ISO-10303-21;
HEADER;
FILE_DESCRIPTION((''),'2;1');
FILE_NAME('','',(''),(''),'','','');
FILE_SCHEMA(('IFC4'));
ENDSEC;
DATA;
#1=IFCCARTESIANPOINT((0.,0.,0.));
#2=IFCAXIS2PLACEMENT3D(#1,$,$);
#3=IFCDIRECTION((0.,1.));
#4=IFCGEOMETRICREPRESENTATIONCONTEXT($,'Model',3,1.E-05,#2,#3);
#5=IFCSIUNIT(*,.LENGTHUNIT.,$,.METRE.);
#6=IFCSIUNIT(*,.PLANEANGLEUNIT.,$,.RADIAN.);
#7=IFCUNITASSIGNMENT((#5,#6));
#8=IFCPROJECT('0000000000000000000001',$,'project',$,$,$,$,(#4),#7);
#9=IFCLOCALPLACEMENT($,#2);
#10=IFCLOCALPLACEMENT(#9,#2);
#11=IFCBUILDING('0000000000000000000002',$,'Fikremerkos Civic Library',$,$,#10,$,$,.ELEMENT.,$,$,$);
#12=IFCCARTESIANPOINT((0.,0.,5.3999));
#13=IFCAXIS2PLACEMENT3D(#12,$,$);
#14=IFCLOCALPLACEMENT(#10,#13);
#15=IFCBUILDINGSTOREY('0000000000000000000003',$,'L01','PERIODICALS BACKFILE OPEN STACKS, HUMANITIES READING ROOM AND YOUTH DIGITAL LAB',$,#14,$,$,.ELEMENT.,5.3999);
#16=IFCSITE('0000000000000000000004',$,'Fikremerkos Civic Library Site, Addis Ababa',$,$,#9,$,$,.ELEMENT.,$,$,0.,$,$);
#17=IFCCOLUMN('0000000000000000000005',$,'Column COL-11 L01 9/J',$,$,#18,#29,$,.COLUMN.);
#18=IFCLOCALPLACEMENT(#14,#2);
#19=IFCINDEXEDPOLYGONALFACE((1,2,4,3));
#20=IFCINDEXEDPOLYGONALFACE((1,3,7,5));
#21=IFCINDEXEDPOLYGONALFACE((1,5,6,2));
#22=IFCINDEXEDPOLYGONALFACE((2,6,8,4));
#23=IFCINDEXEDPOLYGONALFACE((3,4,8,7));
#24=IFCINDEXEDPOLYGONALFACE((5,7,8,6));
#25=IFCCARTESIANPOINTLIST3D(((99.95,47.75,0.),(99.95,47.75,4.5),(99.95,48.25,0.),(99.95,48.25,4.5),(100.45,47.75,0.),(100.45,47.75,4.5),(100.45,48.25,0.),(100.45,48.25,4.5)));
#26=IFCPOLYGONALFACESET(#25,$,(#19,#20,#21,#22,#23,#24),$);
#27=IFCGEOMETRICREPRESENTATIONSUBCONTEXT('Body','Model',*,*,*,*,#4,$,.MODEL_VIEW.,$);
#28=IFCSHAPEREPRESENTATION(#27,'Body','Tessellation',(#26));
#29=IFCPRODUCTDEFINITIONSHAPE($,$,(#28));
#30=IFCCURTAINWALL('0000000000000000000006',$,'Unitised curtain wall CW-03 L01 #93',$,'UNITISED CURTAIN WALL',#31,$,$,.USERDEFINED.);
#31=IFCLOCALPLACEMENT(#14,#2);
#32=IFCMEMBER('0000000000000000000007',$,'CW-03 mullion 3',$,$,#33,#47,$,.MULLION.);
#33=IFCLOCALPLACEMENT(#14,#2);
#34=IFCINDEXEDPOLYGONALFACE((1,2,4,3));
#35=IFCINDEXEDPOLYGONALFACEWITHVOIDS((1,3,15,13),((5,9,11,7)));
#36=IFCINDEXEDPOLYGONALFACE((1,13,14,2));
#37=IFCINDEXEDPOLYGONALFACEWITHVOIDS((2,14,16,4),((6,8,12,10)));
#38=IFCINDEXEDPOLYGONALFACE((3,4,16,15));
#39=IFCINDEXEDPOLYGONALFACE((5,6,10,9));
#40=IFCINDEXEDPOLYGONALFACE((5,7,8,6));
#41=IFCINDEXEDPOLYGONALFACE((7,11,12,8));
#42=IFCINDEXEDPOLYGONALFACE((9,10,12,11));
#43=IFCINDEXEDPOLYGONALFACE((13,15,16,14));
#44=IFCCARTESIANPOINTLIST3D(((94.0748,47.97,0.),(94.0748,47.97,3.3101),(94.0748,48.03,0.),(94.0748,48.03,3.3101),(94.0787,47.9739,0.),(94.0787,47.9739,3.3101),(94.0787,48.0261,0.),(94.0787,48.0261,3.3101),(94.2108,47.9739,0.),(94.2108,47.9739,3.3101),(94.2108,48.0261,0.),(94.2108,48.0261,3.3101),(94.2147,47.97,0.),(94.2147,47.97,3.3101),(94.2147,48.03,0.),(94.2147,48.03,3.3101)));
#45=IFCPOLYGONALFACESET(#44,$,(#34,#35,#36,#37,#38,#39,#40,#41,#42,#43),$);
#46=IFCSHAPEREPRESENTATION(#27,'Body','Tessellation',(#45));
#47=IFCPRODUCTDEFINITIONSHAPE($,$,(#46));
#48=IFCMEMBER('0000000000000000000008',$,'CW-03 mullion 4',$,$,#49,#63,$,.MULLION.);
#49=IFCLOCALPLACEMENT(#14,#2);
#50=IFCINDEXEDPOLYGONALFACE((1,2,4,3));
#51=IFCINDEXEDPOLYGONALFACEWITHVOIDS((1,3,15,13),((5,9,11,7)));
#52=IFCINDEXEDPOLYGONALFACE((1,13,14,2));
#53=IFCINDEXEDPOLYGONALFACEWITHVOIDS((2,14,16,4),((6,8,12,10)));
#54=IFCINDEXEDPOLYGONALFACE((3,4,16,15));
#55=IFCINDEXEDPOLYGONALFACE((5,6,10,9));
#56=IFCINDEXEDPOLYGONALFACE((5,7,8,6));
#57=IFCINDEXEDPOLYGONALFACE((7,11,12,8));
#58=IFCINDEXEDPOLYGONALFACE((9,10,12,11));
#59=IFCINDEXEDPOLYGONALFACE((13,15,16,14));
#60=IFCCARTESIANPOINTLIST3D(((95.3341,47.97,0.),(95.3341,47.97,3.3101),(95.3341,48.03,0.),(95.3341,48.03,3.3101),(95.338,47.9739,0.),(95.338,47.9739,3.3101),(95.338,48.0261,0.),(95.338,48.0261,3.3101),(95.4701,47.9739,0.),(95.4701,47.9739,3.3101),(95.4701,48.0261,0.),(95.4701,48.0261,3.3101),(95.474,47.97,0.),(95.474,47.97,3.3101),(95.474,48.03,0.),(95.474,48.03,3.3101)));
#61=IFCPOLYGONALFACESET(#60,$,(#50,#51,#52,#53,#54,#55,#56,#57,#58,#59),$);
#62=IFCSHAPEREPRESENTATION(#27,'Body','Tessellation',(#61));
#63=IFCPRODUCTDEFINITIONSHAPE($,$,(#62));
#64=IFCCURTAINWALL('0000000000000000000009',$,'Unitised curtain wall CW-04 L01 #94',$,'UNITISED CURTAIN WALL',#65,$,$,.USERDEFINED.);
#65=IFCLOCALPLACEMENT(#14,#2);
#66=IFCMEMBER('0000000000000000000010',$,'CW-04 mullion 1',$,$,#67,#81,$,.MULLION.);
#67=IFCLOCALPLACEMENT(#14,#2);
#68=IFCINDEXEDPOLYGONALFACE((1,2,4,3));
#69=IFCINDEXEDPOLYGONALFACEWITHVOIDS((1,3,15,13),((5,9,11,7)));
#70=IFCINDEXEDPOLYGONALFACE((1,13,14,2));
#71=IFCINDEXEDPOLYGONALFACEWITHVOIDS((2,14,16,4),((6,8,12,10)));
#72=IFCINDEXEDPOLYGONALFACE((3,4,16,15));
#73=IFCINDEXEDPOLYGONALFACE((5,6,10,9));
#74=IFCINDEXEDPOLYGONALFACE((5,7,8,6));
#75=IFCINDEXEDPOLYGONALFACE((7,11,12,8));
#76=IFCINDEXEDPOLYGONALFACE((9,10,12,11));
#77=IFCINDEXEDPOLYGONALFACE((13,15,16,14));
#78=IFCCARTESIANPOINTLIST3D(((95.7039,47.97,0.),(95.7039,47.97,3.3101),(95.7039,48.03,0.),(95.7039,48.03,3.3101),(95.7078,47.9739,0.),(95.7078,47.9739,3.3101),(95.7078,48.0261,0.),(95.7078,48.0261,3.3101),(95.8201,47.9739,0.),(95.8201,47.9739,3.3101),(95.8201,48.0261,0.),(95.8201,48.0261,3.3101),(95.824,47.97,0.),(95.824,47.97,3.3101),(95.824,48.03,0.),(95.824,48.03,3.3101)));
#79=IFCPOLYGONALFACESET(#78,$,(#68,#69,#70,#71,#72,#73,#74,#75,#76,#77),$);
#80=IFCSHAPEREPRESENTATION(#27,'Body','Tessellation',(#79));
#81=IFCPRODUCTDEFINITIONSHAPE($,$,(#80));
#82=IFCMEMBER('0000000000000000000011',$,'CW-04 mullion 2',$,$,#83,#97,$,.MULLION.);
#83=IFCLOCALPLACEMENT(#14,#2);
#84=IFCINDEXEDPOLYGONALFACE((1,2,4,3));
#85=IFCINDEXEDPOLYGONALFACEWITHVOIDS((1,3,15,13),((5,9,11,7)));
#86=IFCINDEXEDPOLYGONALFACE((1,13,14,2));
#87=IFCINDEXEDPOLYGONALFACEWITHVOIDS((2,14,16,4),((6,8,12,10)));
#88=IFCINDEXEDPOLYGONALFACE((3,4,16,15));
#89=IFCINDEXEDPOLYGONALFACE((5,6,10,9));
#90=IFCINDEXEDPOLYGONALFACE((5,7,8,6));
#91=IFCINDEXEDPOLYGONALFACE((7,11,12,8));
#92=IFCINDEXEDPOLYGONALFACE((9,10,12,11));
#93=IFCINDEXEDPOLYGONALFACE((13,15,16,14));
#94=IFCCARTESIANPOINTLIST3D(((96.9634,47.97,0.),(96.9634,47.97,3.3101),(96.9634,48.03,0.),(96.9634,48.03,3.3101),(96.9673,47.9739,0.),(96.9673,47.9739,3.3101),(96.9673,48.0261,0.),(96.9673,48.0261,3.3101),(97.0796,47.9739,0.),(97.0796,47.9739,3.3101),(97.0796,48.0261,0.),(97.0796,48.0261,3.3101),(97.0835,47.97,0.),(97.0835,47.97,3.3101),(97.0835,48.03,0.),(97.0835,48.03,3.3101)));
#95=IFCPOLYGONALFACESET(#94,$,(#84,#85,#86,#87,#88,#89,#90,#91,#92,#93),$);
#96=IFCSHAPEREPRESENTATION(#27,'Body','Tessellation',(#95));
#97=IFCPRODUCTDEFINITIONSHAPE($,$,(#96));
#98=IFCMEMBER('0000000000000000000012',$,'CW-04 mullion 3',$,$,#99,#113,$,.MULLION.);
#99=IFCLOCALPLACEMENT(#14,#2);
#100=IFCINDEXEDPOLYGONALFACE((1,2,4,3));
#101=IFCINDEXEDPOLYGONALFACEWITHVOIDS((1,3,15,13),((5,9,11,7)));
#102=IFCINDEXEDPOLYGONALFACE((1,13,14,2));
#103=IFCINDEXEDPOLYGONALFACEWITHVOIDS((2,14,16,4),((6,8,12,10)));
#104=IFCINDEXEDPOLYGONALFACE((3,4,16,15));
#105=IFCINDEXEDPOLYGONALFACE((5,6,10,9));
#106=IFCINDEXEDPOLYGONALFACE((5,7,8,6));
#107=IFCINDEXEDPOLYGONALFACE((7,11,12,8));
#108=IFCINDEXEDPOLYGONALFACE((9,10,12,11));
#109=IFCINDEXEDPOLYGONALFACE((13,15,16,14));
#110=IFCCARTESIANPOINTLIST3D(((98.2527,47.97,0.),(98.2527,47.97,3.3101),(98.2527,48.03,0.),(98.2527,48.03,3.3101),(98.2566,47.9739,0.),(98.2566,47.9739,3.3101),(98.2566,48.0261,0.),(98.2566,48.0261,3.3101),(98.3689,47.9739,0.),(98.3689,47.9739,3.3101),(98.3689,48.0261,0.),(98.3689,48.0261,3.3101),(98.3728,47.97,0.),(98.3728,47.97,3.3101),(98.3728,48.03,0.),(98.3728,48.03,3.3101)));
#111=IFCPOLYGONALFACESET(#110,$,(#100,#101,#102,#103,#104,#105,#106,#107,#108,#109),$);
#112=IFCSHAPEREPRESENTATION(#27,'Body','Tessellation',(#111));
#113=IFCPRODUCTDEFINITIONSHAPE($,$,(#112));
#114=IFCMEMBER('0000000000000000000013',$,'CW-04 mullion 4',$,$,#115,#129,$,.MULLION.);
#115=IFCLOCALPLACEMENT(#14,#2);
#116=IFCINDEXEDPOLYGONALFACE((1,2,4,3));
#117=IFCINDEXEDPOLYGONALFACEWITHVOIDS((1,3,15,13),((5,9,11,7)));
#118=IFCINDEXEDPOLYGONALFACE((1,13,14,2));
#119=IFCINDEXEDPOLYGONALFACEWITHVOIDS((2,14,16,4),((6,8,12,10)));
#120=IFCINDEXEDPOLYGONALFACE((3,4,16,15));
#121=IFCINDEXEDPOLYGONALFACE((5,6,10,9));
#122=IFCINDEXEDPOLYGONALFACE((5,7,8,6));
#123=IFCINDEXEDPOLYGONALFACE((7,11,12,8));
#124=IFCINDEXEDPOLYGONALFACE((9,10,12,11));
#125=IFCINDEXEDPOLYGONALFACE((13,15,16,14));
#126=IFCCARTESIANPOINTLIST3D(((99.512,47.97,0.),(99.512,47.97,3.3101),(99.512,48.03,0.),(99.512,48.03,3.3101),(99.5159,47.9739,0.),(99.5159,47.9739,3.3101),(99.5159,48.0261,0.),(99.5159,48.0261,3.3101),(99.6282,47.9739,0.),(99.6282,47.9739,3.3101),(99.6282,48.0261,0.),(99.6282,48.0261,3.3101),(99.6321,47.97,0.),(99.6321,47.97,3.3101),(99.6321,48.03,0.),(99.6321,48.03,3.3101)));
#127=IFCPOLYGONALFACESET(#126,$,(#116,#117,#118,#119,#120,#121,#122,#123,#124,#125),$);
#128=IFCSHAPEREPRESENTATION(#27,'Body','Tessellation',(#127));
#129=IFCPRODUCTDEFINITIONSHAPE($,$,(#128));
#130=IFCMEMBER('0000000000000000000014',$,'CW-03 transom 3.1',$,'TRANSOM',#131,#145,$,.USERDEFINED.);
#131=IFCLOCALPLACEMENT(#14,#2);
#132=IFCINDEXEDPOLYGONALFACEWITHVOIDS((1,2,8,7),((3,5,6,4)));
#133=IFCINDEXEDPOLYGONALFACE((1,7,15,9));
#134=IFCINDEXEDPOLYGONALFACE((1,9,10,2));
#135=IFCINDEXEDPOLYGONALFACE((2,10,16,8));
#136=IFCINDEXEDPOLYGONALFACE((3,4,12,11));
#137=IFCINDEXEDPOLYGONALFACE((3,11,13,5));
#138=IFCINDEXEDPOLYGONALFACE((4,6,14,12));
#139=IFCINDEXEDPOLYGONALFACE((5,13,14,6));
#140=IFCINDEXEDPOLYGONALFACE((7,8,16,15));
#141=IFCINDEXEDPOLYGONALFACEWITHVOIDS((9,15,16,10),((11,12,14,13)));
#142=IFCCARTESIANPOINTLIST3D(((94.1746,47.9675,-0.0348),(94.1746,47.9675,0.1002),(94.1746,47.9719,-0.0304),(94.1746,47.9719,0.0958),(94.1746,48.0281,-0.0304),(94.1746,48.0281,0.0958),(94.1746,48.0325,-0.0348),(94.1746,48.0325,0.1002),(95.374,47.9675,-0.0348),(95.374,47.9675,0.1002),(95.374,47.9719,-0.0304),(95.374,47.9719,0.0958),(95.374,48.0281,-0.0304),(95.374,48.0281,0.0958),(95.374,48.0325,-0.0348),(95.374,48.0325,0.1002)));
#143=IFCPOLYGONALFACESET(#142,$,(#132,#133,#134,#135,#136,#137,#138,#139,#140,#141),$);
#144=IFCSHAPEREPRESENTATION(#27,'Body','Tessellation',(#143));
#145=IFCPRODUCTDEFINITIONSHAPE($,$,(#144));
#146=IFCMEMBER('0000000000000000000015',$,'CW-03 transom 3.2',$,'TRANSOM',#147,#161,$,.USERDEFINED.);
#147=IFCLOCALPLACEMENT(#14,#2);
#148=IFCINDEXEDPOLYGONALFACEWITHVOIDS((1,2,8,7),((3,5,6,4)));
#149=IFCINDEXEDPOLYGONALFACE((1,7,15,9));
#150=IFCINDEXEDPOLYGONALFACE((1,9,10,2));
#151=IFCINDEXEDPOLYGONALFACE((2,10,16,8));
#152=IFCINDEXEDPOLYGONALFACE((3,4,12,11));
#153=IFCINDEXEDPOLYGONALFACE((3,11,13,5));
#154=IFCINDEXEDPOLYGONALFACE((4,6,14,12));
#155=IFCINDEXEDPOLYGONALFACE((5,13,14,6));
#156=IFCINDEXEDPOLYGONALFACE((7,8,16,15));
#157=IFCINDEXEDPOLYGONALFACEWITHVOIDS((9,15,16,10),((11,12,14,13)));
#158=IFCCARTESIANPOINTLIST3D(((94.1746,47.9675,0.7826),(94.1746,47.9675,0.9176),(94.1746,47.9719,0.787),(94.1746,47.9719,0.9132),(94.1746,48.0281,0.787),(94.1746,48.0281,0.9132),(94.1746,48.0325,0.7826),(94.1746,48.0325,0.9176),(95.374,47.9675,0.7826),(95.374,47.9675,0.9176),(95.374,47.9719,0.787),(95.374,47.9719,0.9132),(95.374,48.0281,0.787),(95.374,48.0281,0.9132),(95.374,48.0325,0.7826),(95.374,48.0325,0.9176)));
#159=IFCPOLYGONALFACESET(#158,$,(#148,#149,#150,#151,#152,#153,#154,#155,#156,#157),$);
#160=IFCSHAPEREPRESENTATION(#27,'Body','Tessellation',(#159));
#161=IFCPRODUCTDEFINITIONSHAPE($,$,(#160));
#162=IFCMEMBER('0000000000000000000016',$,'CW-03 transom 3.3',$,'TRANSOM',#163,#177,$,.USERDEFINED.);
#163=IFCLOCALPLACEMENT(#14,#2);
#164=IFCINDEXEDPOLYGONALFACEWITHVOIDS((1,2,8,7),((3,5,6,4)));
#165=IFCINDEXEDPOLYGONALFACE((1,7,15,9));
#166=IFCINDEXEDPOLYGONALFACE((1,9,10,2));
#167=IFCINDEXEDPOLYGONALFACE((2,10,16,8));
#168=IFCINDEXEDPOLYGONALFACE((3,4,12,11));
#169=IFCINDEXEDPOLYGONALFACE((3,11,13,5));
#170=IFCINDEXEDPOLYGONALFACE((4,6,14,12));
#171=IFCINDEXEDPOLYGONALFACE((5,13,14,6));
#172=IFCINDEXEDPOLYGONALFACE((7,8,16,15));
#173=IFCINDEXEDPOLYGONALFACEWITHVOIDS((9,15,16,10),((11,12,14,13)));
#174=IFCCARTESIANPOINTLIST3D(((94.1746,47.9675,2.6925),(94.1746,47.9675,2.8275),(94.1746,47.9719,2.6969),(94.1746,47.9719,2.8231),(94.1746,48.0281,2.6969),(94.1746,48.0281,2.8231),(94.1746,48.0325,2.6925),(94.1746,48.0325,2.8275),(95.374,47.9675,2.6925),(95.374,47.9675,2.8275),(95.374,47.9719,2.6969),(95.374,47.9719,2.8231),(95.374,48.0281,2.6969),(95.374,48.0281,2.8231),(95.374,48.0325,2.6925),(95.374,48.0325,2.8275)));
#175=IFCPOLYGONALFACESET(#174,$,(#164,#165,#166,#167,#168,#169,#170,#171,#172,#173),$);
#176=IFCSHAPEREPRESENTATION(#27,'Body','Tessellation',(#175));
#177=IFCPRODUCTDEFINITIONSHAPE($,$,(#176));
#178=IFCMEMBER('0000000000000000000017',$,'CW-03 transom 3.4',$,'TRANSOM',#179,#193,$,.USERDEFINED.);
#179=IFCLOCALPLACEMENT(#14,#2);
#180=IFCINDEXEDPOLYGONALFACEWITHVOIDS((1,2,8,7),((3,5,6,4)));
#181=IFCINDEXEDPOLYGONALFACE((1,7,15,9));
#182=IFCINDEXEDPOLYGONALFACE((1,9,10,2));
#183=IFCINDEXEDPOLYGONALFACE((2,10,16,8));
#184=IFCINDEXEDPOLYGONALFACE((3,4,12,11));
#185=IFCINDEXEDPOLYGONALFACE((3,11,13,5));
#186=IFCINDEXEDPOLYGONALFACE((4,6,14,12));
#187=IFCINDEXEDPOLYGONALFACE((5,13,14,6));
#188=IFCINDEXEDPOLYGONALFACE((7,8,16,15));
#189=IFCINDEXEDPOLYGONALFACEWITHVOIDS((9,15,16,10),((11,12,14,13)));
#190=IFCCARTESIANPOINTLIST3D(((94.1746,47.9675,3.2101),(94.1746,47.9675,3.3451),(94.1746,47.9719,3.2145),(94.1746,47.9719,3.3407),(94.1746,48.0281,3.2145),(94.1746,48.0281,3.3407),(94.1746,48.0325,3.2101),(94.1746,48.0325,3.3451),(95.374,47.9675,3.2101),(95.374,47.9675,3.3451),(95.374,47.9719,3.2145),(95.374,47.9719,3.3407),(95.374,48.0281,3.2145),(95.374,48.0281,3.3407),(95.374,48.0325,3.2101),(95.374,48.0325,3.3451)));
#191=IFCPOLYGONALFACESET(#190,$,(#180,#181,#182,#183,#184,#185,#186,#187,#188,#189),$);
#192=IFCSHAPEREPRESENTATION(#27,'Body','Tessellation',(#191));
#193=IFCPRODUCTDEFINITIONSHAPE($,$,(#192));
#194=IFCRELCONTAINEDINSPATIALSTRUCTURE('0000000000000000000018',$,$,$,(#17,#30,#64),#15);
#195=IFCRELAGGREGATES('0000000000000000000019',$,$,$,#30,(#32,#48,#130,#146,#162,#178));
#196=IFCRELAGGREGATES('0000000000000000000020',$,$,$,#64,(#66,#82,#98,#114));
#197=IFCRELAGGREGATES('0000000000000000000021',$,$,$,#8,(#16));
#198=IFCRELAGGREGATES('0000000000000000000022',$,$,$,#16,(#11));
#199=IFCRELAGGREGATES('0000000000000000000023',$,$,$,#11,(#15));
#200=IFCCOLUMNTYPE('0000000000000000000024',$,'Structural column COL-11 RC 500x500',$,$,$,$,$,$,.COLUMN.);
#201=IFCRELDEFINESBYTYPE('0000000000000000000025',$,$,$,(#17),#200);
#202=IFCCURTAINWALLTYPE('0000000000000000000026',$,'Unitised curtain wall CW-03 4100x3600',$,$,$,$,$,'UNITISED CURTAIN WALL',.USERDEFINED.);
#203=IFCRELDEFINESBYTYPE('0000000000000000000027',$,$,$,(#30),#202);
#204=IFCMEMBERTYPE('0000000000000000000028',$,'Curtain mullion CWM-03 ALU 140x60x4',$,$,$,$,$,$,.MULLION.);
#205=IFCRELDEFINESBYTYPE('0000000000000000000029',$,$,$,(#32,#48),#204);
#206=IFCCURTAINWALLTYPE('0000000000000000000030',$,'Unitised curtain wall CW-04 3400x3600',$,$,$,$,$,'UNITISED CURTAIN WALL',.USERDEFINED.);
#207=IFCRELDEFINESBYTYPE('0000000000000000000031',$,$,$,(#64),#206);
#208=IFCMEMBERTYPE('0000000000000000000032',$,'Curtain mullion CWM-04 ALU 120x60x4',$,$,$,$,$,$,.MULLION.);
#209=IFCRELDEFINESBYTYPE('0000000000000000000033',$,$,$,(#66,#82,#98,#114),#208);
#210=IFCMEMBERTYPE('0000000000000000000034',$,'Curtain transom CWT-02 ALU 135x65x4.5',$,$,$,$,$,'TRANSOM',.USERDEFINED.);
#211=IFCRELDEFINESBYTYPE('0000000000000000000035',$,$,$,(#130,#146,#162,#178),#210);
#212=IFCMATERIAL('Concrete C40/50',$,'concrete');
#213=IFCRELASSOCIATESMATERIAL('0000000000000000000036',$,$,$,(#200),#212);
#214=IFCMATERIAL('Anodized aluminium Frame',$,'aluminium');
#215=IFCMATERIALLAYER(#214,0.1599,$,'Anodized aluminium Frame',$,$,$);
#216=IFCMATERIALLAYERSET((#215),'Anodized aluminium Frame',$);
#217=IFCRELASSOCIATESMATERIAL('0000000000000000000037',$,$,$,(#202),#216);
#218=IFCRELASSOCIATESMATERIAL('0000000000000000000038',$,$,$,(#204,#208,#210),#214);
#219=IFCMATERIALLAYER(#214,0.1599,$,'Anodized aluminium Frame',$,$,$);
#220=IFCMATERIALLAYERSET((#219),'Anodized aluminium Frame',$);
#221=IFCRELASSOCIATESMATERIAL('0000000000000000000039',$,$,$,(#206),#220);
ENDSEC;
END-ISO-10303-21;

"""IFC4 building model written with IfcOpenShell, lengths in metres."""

from ifc_helpers import new_model, si_unit, direction, frame, origin, origin_2d, place, context, subcontext, project, spatial, rectangle, hollow_rectangle, extrude, material, layer, layer_set, material_profile, profile_set, type_object, element, aggregate, save


model = new_model("IFC4")

# Units and contexts
model_context = context("Model", 3, precision=1e-05, world=origin(), true_north=direction((0.0, 1.0)))
body_context = subcontext(model_context, "Body", "Model", "MODEL_VIEW")
ifc_project = project(units=[si_unit("LENGTHUNIT", "METRE"), si_unit("PLANEANGLEUNIT", "RADIAN")], contexts=[model_context])

# Site, building, storey
site_placement = place(None, origin())
site = spatial("IfcSite", under=ifc_project, at=site_placement, Name="Fikremerkos Civic Library Site, Addis Ababa", CompositionType="ELEMENT", RefElevation=0.0)
building_placement = place(site_placement, origin())
building = spatial("IfcBuilding", under=site, at=building_placement, Name="Fikremerkos Civic Library", CompositionType="ELEMENT")
storey_placement = place(building_placement, frame((0.0, 0.0, 5.3999)))
storey = spatial("IfcBuildingStorey", under=building, at=storey_placement, Name="L01", Description="PERIODICALS BACKFILE OPEN STACKS, HUMANITIES READING ROOM AND YOUTH DIGITAL LAB", CompositionType="ELEMENT", Elevation=5.3999)

# Column
ifc_material_1 = material(Name="Concrete C40/50", Category="concrete")
ifc_material_profile_1 = material_profile(ifc_material_1, rectangle(XDim=0.5, YDim=0.5, at=origin_2d()), Name="RC 500x500")
ifc_profile_set_1 = profile_set([ifc_material_profile_1], Name="Concrete C40/50")
column_type = type_object("IfcColumnType", Name="Structural column COL-11 RC 500x500", PredefinedType="COLUMN", material=ifc_profile_set_1)
column_placement = place(storey_placement, frame((100.2, 48.0, 0.0), z_axis=(0.0, 0.0, 1.0), x_axis=(1.0, 0.0, 0.0)))
element("IfcColumn", 1, at=column_placement, inside=storey, type_object=column_type, Name="Column COL-11 L01 9/J", PredefinedType="COLUMN", context=body_context, shape_type="SweptSolid", body=[
    extrude(rectangle(XDim=0.5, YDim=0.5, at=origin_2d()), origin(), (0.0, 0.0, 1.0), 4.5),
])

# Curtain walls, members
ifc_material_2 = material(Name="Anodized aluminium Frame", Category="aluminium")
ifc_layer_1 = layer(ifc_material_2, 0.1599, Name="Anodized aluminium Frame")
ifc_layer_set_1 = layer_set([ifc_layer_1], Name="Anodized aluminium Frame")
curtain_wall_type_1 = type_object("IfcCurtainWallType", Name="Unitised curtain wall CW-03 4100x3600", ElementType="UNITISED CURTAIN WALL", PredefinedType="USERDEFINED", material=ifc_layer_set_1)
curtain_wall_1_placement = place(storey_placement, origin())
curtain_wall_1 = element("IfcCurtainWall", 2, at=curtain_wall_1_placement, inside=storey, type_object=curtain_wall_type_1, Name="Unitised curtain wall CW-03 L01 #93", ObjectType="UNITISED CURTAIN WALL", PredefinedType="USERDEFINED")
ifc_material_profile_2 = material_profile(ifc_material_2, hollow_rectangle(XDim=0.0601, YDim=0.1399, WallThickness=0.0039, at=origin_2d()), Name="ALU 140x60x4")
ifc_profile_set_2 = profile_set([ifc_material_profile_2], Name="Anodized aluminium Frame")
member_type_1 = type_object("IfcMemberType", Name="Curtain mullion CWM-03 ALU 140x60x4", PredefinedType="MULLION", material=ifc_profile_set_2)
member_1_placement = place(storey_placement, frame((94.1448, 48.0, 0.0), z_axis=(0.0, 0.0, 1.0), x_axis=(0.0, 1.0, 0.0)))
member_1 = element("IfcMember", 3, at=member_1_placement, type_object=member_type_1, Name="CW-03 mullion 3", PredefinedType="MULLION", context=body_context, shape_type="SweptSolid", body=[
    extrude(hollow_rectangle(XDim=0.0601, YDim=0.1399, WallThickness=0.0039, at=origin_2d()), origin(), (0.0, 0.0, 1.0), 3.3101),
])
member_2_placement = place(storey_placement, frame((95.4041, 48.0, 0.0), z_axis=(0.0, 0.0, 1.0), x_axis=(0.0, 1.0, 0.0)))
member_2 = element("IfcMember", 4, at=member_2_placement, type_object=member_type_1, Name="CW-03 mullion 4", PredefinedType="MULLION", context=body_context, shape_type="SweptSolid", body=[
    extrude(hollow_rectangle(XDim=0.0601, YDim=0.1399, WallThickness=0.0039, at=origin_2d()), origin(), (0.0, 0.0, 1.0), 3.3101),
])
ifc_layer_2 = layer(ifc_material_2, 0.1599, Name="Anodized aluminium Frame")
ifc_layer_set_2 = layer_set([ifc_layer_2], Name="Anodized aluminium Frame")
curtain_wall_type_2 = type_object("IfcCurtainWallType", Name="Unitised curtain wall CW-04 3400x3600", ElementType="UNITISED CURTAIN WALL", PredefinedType="USERDEFINED", material=ifc_layer_set_2)
curtain_wall_2_placement = place(storey_placement, origin())
curtain_wall_2 = element("IfcCurtainWall", 5, at=curtain_wall_2_placement, inside=storey, type_object=curtain_wall_type_2, Name="Unitised curtain wall CW-04 L01 #94", ObjectType="UNITISED CURTAIN WALL", PredefinedType="USERDEFINED")
ifc_material_profile_3 = material_profile(ifc_material_2, hollow_rectangle(XDim=0.0601, YDim=0.1201, WallThickness=0.0039, at=origin_2d()), Name="ALU 120x60x4")
ifc_profile_set_3 = profile_set([ifc_material_profile_3], Name="Anodized aluminium Frame")
member_type_2 = type_object("IfcMemberType", Name="Curtain mullion CWM-04 ALU 120x60x4", PredefinedType="MULLION", material=ifc_profile_set_3)
member_3_placement = place(storey_placement, frame((95.7639, 48.0, 0.0), z_axis=(0.0, 0.0, 1.0), x_axis=(0.0, 1.0, 0.0)))
member_3 = element("IfcMember", 6, at=member_3_placement, type_object=member_type_2, Name="CW-04 mullion 1", PredefinedType="MULLION", context=body_context, shape_type="SweptSolid", body=[
    extrude(hollow_rectangle(XDim=0.0601, YDim=0.1201, WallThickness=0.0039, at=origin_2d()), origin(), (0.0, 0.0, 1.0), 3.3101),
])
member_4_placement = place(storey_placement, frame((97.0234, 48.0, 0.0), z_axis=(0.0, 0.0, 1.0), x_axis=(0.0, 1.0, 0.0)))
member_4 = element("IfcMember", 7, at=member_4_placement, type_object=member_type_2, Name="CW-04 mullion 2", PredefinedType="MULLION", context=body_context, shape_type="SweptSolid", body=[
    extrude(hollow_rectangle(XDim=0.0601, YDim=0.1201, WallThickness=0.0039, at=origin_2d()), origin(), (0.0, 0.0, 1.0), 3.3101),
])
member_5_placement = place(storey_placement, frame((98.3127, 48.0, 0.0), z_axis=(0.0, 0.0, 1.0), x_axis=(0.0, 1.0, 0.0)))
member_5 = element("IfcMember", 8, at=member_5_placement, type_object=member_type_2, Name="CW-04 mullion 3", PredefinedType="MULLION", context=body_context, shape_type="SweptSolid", body=[
    extrude(hollow_rectangle(XDim=0.0601, YDim=0.1201, WallThickness=0.0039, at=origin_2d()), origin(), (0.0, 0.0, 1.0), 3.3101),
])
member_6_placement = place(storey_placement, frame((99.572, 48.0, 0.0), z_axis=(0.0, 0.0, 1.0), x_axis=(0.0, 1.0, 0.0)))
member_6 = element("IfcMember", 9, at=member_6_placement, type_object=member_type_2, Name="CW-04 mullion 4", PredefinedType="MULLION", context=body_context, shape_type="SweptSolid", body=[
    extrude(hollow_rectangle(XDim=0.0601, YDim=0.1201, WallThickness=0.0039, at=origin_2d()), origin(), (0.0, 0.0, 1.0), 3.3101),
])

# Members
ifc_material_profile_4 = material_profile(ifc_material_2, hollow_rectangle(XDim=0.0649, YDim=0.135, WallThickness=0.0044, at=origin_2d()), Name="ALU 135x65x4.5")
ifc_profile_set_4 = profile_set([ifc_material_profile_4], Name="Anodized aluminium Frame")
member_type_3 = type_object("IfcMemberType", Name="Curtain transom CWT-02 ALU 135x65x4.5", ElementType="TRANSOM", PredefinedType="USERDEFINED", material=ifc_profile_set_4)
member_7_placement = place(storey_placement, frame((94.1746, 48.0, 0.0327), z_axis=(1.0, 0.0, 0.0), x_axis=(0.0, 1.0, 0.0)))
member_7 = element("IfcMember", 10, at=member_7_placement, type_object=member_type_3, Name="CW-03 transom 3.1", ObjectType="TRANSOM", PredefinedType="USERDEFINED", context=body_context, shape_type="SweptSolid", body=[
    extrude(hollow_rectangle(XDim=0.0649, YDim=0.135, WallThickness=0.0044, at=origin_2d()), origin(), (0.0, 0.0, 1.0), 1.1995),
])
member_8_placement = place(storey_placement, frame((94.1746, 48.0, 0.8501), z_axis=(1.0, 0.0, 0.0), x_axis=(0.0, 1.0, 0.0)))
member_8 = element("IfcMember", 11, at=member_8_placement, type_object=member_type_3, Name="CW-03 transom 3.2", ObjectType="TRANSOM", PredefinedType="USERDEFINED", context=body_context, shape_type="SweptSolid", body=[
    extrude(hollow_rectangle(XDim=0.0649, YDim=0.135, WallThickness=0.0044, at=origin_2d()), origin(), (0.0, 0.0, 1.0), 1.1995),
])
member_9_placement = place(storey_placement, frame((94.1746, 48.0, 2.76), z_axis=(1.0, 0.0, 0.0), x_axis=(0.0, 1.0, 0.0)))
member_9 = element("IfcMember", 12, at=member_9_placement, type_object=member_type_3, Name="CW-03 transom 3.3", ObjectType="TRANSOM", PredefinedType="USERDEFINED", context=body_context, shape_type="SweptSolid", body=[
    extrude(hollow_rectangle(XDim=0.0649, YDim=0.135, WallThickness=0.0044, at=origin_2d()), origin(), (0.0, 0.0, 1.0), 1.1995),
])
member_10_placement = place(storey_placement, frame((94.1746, 48.0, 3.2776), z_axis=(1.0, 0.0, 0.0), x_axis=(0.0, 1.0, 0.0)))
member_10 = element("IfcMember", 13, at=member_10_placement, type_object=member_type_3, Name="CW-03 transom 3.4", ObjectType="TRANSOM", PredefinedType="USERDEFINED", context=body_context, shape_type="SweptSolid", body=[
    extrude(hollow_rectangle(XDim=0.0649, YDim=0.135, WallThickness=0.0044, at=origin_2d()), origin(), (0.0, 0.0, 1.0), 1.1995),
])

aggregate(curtain_wall_1, [member_1, member_2, member_7, member_8, member_9, member_10])
aggregate(curtain_wall_2, [member_3, member_4, member_5, member_6])

save(model, "model.ifc")
